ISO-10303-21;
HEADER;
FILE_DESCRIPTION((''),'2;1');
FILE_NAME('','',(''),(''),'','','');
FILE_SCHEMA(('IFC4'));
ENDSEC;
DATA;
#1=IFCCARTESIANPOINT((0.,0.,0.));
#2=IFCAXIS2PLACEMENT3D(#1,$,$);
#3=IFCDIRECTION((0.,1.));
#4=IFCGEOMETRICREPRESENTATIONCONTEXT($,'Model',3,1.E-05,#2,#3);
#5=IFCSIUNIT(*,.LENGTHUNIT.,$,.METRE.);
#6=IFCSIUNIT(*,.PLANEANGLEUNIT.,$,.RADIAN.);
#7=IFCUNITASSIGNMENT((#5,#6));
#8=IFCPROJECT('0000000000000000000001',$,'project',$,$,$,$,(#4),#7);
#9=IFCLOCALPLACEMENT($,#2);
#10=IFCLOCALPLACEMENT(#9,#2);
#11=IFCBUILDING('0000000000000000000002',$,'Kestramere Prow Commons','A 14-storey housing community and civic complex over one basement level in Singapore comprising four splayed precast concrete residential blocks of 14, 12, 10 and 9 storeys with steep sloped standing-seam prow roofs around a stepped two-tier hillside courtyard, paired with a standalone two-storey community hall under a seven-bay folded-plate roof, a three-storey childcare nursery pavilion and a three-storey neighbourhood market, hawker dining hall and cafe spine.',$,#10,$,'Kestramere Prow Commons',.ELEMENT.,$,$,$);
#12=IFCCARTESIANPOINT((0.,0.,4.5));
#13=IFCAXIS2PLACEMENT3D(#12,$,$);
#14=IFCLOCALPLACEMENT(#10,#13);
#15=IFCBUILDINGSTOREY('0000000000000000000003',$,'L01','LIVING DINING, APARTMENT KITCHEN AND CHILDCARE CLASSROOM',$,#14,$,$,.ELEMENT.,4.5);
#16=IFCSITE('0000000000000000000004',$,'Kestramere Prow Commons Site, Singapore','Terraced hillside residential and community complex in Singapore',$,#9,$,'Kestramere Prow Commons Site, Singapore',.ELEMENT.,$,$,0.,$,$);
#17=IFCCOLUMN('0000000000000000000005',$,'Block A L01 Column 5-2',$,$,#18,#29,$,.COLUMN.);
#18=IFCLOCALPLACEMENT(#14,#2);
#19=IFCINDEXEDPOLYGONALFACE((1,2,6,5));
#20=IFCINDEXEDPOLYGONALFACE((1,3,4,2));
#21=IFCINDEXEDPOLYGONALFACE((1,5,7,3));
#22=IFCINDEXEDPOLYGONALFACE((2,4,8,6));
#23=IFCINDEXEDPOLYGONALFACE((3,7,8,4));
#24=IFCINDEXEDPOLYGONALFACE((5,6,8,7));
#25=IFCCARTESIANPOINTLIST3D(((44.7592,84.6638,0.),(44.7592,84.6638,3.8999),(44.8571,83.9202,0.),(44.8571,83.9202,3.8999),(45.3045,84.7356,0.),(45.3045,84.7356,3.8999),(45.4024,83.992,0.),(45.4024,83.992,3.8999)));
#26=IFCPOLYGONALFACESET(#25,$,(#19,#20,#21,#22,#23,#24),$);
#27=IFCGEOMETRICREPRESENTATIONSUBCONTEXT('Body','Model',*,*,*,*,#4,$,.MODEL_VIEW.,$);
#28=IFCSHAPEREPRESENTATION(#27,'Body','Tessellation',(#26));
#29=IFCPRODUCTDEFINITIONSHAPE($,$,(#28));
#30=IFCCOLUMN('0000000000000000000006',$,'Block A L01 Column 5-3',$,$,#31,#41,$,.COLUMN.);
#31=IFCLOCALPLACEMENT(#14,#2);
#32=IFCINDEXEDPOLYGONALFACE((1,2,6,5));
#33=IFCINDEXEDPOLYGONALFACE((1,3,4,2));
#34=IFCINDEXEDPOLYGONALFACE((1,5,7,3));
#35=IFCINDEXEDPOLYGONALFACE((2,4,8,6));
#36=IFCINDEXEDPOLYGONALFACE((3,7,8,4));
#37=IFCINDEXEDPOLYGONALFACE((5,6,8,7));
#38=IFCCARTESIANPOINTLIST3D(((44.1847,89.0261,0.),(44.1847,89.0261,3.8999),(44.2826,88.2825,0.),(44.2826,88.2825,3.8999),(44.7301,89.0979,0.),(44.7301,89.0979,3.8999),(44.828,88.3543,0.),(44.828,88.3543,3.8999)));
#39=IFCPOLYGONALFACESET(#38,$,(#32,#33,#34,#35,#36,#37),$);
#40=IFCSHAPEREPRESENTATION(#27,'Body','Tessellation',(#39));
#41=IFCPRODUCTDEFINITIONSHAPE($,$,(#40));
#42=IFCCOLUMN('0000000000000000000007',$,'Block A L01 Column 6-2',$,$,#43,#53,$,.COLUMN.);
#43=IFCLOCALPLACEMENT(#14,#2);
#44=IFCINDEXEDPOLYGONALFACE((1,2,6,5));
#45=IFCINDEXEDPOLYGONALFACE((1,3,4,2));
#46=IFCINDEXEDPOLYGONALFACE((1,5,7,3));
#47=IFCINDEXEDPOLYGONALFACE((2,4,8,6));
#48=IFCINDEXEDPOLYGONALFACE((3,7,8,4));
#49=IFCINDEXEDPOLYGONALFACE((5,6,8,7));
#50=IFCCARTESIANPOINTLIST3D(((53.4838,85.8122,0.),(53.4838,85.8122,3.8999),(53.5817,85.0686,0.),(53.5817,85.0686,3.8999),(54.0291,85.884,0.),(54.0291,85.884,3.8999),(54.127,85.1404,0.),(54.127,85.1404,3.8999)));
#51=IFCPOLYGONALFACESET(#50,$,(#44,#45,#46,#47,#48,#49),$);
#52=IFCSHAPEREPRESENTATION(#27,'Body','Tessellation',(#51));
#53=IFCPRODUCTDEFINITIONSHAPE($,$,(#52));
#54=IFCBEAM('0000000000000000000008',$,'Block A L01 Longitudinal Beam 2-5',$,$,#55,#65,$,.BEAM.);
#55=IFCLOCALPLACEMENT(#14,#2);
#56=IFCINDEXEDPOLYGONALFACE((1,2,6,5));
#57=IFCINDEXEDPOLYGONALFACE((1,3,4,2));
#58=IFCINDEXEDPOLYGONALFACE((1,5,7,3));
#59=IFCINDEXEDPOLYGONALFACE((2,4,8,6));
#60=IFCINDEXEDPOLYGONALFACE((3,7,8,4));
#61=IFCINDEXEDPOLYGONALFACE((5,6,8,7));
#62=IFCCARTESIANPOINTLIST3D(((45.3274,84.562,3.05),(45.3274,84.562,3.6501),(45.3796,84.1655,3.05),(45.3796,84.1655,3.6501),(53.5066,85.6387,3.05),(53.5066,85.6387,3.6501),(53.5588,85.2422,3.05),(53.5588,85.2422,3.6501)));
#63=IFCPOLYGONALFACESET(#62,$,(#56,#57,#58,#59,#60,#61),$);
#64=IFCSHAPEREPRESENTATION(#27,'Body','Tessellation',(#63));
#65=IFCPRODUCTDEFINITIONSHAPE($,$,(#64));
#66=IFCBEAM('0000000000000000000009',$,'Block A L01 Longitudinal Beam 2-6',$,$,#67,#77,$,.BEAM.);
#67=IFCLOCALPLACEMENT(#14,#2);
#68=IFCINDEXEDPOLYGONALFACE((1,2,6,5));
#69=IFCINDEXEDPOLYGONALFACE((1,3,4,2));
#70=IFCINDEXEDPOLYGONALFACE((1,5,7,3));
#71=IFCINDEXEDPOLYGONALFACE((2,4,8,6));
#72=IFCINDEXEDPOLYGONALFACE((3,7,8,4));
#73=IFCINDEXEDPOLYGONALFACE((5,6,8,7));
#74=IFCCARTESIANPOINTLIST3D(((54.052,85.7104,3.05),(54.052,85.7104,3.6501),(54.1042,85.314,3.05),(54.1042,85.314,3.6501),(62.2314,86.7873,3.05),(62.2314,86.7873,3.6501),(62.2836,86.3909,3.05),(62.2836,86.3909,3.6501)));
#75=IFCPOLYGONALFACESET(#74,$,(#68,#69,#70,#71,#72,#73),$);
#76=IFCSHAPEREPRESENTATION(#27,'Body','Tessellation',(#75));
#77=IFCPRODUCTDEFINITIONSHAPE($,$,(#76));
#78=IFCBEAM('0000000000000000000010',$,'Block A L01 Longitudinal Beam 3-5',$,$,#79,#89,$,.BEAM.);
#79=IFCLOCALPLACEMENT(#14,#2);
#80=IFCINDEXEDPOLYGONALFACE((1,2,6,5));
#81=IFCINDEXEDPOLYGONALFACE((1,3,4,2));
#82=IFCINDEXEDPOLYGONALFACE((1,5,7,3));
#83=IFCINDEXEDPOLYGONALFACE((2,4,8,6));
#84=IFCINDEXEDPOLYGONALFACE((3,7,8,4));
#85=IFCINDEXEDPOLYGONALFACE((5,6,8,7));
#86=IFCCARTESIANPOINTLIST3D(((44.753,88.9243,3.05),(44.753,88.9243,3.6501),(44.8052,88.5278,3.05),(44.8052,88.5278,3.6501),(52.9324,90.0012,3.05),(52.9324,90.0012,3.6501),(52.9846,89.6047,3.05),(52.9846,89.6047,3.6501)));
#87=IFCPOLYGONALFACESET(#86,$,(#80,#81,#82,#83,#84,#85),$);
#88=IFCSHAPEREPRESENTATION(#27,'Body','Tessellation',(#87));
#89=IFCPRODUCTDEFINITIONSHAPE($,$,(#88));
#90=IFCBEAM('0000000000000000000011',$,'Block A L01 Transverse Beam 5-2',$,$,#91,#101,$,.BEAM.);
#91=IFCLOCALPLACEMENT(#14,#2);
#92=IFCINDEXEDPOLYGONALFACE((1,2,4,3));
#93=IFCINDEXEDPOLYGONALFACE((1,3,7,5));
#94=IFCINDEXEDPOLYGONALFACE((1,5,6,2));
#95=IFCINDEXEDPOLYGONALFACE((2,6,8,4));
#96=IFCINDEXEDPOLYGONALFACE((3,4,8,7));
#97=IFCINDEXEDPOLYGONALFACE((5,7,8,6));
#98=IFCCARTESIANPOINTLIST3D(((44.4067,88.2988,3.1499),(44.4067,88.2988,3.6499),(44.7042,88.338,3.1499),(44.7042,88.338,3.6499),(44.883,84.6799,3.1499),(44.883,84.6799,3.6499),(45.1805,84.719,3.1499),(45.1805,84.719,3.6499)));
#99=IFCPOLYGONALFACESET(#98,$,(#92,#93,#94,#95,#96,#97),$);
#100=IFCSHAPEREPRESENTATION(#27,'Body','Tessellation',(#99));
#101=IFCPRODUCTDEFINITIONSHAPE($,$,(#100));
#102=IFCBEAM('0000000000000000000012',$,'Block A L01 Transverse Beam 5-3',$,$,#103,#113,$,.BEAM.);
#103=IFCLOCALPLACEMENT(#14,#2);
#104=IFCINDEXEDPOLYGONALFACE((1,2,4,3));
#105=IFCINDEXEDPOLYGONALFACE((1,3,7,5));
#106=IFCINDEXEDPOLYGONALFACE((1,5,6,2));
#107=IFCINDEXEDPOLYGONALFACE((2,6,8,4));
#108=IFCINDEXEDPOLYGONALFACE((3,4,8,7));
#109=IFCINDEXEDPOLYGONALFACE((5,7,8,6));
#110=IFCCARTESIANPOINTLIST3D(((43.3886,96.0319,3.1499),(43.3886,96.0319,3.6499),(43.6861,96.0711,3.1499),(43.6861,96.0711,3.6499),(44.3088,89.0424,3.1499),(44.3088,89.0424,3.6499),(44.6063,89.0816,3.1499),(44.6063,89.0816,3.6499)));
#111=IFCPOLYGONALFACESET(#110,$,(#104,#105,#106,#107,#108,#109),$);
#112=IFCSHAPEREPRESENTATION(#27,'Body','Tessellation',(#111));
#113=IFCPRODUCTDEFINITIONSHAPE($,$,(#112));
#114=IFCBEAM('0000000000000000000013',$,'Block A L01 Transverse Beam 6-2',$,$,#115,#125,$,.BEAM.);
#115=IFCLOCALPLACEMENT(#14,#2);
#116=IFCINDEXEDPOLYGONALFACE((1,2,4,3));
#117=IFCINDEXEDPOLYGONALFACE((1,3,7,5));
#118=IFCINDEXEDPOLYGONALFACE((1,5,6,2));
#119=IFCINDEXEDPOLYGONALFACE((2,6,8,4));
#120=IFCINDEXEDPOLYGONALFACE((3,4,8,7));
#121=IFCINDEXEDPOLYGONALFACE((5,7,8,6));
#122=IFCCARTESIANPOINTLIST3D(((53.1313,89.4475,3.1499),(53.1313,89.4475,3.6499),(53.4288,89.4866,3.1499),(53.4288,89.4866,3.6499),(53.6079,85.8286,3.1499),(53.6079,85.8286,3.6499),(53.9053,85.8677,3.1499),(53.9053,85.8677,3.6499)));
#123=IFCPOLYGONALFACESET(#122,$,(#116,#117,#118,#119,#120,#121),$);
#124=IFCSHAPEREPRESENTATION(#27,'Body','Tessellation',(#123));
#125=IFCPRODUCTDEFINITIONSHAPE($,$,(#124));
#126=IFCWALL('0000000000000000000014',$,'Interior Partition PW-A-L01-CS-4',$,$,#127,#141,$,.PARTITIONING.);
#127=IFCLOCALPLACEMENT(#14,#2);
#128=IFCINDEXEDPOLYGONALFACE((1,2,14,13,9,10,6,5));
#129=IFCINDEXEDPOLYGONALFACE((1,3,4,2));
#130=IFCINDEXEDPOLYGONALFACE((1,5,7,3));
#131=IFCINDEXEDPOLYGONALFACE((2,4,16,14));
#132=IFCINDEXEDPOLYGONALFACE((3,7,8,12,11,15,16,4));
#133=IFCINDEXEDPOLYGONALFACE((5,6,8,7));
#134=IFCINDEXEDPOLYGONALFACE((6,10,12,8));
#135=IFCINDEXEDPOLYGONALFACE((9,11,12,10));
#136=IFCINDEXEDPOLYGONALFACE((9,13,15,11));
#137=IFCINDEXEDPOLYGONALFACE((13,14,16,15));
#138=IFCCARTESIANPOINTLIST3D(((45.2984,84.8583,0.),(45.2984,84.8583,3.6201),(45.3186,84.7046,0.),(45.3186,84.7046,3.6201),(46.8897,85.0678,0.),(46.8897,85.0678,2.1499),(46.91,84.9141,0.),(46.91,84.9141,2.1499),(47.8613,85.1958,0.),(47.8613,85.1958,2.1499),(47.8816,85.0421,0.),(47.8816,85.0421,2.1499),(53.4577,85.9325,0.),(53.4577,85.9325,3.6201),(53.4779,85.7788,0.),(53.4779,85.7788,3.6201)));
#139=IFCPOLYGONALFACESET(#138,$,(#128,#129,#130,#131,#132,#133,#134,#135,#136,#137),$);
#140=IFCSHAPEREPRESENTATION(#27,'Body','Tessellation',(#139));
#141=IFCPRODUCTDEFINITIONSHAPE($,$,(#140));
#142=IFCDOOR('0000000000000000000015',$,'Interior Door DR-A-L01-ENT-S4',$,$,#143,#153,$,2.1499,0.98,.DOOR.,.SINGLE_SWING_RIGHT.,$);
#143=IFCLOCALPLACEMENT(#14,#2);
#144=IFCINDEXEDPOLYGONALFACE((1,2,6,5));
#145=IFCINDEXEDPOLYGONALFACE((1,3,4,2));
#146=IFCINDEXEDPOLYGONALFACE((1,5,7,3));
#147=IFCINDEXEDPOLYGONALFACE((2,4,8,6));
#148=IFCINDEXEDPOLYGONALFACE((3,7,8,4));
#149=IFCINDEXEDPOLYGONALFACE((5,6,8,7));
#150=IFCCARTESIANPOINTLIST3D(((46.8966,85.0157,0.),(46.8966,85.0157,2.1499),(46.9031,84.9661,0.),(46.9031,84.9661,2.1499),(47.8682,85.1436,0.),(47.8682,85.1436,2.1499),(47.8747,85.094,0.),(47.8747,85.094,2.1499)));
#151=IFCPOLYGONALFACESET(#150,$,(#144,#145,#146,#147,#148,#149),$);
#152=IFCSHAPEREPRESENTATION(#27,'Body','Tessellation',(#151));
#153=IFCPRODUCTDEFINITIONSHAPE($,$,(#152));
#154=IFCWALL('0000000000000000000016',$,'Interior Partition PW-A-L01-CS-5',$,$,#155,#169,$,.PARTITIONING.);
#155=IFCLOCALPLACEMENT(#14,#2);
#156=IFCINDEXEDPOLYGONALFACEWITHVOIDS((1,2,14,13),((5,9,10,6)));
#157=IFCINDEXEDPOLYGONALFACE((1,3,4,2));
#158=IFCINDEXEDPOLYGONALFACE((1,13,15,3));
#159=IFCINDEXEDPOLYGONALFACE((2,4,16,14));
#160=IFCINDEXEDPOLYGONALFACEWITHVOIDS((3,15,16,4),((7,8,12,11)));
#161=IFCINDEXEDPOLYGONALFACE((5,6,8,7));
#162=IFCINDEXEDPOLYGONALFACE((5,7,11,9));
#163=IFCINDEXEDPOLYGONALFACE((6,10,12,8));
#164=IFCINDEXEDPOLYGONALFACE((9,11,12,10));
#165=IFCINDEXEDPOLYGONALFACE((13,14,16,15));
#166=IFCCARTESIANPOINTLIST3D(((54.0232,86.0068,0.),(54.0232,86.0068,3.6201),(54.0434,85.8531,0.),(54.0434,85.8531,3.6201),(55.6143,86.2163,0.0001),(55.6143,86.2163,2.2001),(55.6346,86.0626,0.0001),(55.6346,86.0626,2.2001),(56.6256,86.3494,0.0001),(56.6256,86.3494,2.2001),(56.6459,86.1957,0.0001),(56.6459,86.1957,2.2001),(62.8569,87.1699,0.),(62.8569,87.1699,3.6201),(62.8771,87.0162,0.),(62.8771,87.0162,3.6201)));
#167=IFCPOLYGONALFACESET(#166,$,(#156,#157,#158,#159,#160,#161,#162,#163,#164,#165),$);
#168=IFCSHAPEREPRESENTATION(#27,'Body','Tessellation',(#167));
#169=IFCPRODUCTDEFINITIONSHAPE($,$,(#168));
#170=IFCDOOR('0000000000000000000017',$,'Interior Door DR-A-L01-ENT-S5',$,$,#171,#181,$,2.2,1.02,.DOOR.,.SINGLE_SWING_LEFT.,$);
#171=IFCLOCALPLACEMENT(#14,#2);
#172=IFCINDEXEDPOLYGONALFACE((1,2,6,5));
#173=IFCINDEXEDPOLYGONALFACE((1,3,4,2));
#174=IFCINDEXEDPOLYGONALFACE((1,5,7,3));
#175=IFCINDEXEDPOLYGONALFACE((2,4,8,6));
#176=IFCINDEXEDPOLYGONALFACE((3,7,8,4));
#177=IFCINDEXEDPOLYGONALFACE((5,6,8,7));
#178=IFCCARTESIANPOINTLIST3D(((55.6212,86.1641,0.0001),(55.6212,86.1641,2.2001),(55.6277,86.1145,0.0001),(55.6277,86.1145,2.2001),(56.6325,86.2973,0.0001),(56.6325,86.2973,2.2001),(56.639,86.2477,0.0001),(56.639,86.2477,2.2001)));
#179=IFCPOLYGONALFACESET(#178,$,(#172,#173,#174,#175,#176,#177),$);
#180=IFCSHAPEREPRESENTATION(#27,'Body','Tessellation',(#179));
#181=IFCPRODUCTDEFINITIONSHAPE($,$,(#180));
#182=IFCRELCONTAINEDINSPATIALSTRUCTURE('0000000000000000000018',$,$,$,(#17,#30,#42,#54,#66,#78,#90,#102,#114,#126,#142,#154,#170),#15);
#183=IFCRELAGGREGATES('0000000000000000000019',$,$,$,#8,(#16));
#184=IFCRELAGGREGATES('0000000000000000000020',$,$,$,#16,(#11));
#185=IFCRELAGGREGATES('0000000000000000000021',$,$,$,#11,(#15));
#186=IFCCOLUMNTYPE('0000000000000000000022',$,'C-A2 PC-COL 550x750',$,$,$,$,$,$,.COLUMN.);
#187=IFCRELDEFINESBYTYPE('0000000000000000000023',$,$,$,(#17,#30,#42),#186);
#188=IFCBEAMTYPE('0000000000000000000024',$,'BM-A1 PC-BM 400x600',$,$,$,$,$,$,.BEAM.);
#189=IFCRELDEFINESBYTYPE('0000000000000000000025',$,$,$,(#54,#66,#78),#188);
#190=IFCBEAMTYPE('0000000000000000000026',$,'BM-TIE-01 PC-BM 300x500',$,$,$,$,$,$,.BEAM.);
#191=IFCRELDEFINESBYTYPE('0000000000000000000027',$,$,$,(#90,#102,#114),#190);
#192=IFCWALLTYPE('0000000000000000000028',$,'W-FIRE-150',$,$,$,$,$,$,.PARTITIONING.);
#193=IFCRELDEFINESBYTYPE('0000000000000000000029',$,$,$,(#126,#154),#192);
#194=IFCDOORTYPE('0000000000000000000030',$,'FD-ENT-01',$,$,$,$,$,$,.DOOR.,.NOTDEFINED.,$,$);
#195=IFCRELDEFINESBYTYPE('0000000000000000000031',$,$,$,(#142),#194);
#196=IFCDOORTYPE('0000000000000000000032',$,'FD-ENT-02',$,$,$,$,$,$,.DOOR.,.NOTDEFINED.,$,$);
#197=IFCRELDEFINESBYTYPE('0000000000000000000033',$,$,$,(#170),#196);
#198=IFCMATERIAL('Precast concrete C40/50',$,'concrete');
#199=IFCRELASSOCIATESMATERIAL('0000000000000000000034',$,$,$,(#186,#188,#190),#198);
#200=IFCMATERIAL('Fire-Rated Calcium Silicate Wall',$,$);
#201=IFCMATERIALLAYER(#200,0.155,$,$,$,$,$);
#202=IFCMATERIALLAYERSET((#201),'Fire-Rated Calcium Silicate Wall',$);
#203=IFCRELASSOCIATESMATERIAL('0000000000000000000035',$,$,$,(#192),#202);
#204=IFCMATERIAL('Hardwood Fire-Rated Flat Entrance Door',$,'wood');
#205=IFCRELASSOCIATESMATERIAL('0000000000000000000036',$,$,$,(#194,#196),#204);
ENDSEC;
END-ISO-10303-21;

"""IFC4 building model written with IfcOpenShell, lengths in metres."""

from ifc_helpers import new_model, si_unit, direction, frame, frame_2d, origin, origin_2d, place, context, subcontext, project, spatial, rectangle, extrude, material, layer, layer_set, material_profile, profile_set, type_object, element, fill, save


model = new_model("IFC4")

# Units and contexts
model_context = context("Model", 3, precision=1e-05, world=origin(), true_north=direction((0.0, 1.0)))
body_context = subcontext(model_context, "Body", "Model", "MODEL_VIEW")
ifc_project = project(units=[si_unit("LENGTHUNIT", "METRE"), si_unit("PLANEANGLEUNIT", "RADIAN")], contexts=[model_context])

# Site, building, storey
site_placement = place(None, origin())
site = spatial("IfcSite", under=ifc_project, at=site_placement, Name="Kestramere Prow Commons Site, Singapore", Description="Terraced hillside residential and community complex in Singapore", LongName="Kestramere Prow Commons Site, Singapore", CompositionType="ELEMENT", RefElevation=0.0)
building_placement = place(site_placement, origin())
building = spatial("IfcBuilding", under=site, at=building_placement, Name="Kestramere Prow Commons", Description="A 14-storey housing community and civic complex over one basement level in Singapore comprising four splayed precast concrete residential blocks of 14, 12, 10 and 9 storeys with steep sloped standing-seam prow roofs around a stepped two-tier hillside courtyard, paired with a standalone two-storey community hall under a seven-bay folded-plate roof, a three-storey childcare nursery pavilion and a three-storey neighbourhood market, hawker dining hall and cafe spine.", LongName="Kestramere Prow Commons", CompositionType="ELEMENT")
storey_placement = place(building_placement, frame((0.0, 0.0, 4.5)))
storey = spatial("IfcBuildingStorey", under=building, at=storey_placement, Name="L01", Description="LIVING DINING, APARTMENT KITCHEN AND CHILDCARE CLASSROOM", CompositionType="ELEMENT", Elevation=4.5)

# Columns
ifc_material_1 = material(Name="Precast concrete C40/50", Category="concrete")
ifc_material_profile_1 = material_profile(ifc_material_1, rectangle(XDim=0.55, YDim=0.75, at=origin_2d()), Name="PC-COL 550x750")
ifc_profile_set_1 = profile_set([ifc_material_profile_1], Name="Precast concrete C40/50")
column_type = type_object("IfcColumnType", Name="C-A2 PC-COL 550x750", PredefinedType="COLUMN", material=ifc_profile_set_1)
for number, where, z_axis, x_axis, name in (
    (1, (45.0808, 84.3279, 0.0), (0.0, 0.0, 1.0), (0.991445, 0.130526, 0.0), "Block A L01 Column 5-2"),
    (2, (44.5063, 88.6902, 0.0), (0.0, 0.0, 1.0), (0.991445, 0.130526, 0.0), "Block A L01 Column 5-3"),
    (3, (53.8054, 85.4763, 0.0), (0.0, 0.0, 1.0), (0.991445, 0.130526, 0.0), "Block A L01 Column 6-2"),
):
    element("IfcColumn", number, at=place(storey_placement, frame(where, z_axis=z_axis, x_axis=x_axis)), inside=storey, type_object=column_type, Name=name, PredefinedType="COLUMN", context=body_context, shape_type="SweptSolid", body=[
        extrude(rectangle(XDim=0.55, YDim=0.75, at=origin_2d()), origin(), (0.0, 0.0, 1.0), 3.8999),
    ])

# Beams
ifc_material_profile_2 = material_profile(ifc_material_1, rectangle(XDim=0.3999, YDim=0.6001, at=origin_2d()), Name="PC-BM 400x600")
ifc_profile_set_2 = profile_set([ifc_material_profile_2], Name="Precast concrete C40/50")
beam_type_1 = type_object("IfcBeamType", Name="BM-A1 PC-BM 400x600", PredefinedType="BEAM", material=ifc_profile_set_2)
beam_1_placement = place(storey_placement, frame((45.3535, 84.3638, 3.3501), z_axis=(0.991447, 0.130508, 0.0), x_axis=(-0.130508, 0.991447, 0.0)))
element("IfcBeam", 4, at=beam_1_placement, inside=storey, type_object=beam_type_1, Name="Block A L01 Longitudinal Beam 2-5", PredefinedType="BEAM", context=body_context, shape_type="SweptSolid", body=[
    extrude(rectangle(XDim=0.3999, YDim=0.6001, at=origin_2d()), origin(), (0.0, 0.0, 1.0), 8.2498),
])
for number, where, z_axis, x_axis, name in (
    (5, (54.0781, 85.5122, 3.3501), (0.991444, 0.130533, 0.0), (-0.130533, 0.991444, 0.0), "Block A L01 Longitudinal Beam 2-6"),
    (6, (44.7791, 88.7261, 3.3501), (0.991444, 0.130533, 0.0), (-0.130533, 0.991444, 0.0), "Block A L01 Longitudinal Beam 3-5"),
):
    element("IfcBeam", number, at=place(storey_placement, frame(where, z_axis=z_axis, x_axis=x_axis)), inside=storey, type_object=beam_type_1, Name=name, PredefinedType="BEAM", context=body_context, shape_type="SweptSolid", body=[
        extrude(rectangle(XDim=0.3999, YDim=0.6001, at=origin_2d()), origin(), (0.0, 0.0, 1.0), 8.25),
    ])
ifc_material_profile_3 = material_profile(ifc_material_1, rectangle(XDim=0.3, YDim=0.5, at=origin_2d()), Name="PC-BM 300x500")
ifc_profile_set_3 = profile_set([ifc_material_profile_3], Name="Precast concrete C40/50")
beam_type_2 = type_object("IfcBeamType", Name="BM-TIE-01 PC-BM 300x500", PredefinedType="BEAM", material=ifc_profile_set_3)
beam_2_placement = place(storey_placement, frame((45.0317, 84.6995, 3.3999), z_axis=(-0.130494, 0.991449, 0.0), x_axis=(-0.991449, -0.130494, 0.0)))
element("IfcBeam", 7, at=beam_2_placement, inside=storey, type_object=beam_type_2, Name="Block A L01 Transverse Beam 5-2", PredefinedType="BEAM", context=body_context, shape_type="SweptSolid", body=[
    extrude(rectangle(XDim=0.3, YDim=0.5, at=origin_2d()), origin(), (0.0, 0.0, 1.0), 3.6501),
])
beam_3_placement = place(storey_placement, frame((44.4575, 89.062, 3.3999), z_axis=(-0.130523, 0.991445, 0.0), x_axis=(-0.991445, -0.130523, 0.0)))
element("IfcBeam", 8, at=beam_3_placement, inside=storey, type_object=beam_type_2, Name="Block A L01 Transverse Beam 5-3", PredefinedType="BEAM", context=body_context, shape_type="SweptSolid", body=[
    extrude(rectangle(XDim=0.3, YDim=0.5, at=origin_2d()), origin(), (0.0, 0.0, 1.0), 7.0498),
])
beam_4_placement = place(storey_placement, frame((53.7566, 85.8481, 3.3999), z_axis=(-0.13056, 0.99144, 0.0), x_axis=(-0.99144, -0.13056, 0.0)))
element("IfcBeam", 9, at=beam_4_placement, inside=storey, type_object=beam_type_2, Name="Block A L01 Transverse Beam 6-2", PredefinedType="BEAM", context=body_context, shape_type="SweptSolid", body=[
    extrude(rectangle(XDim=0.3, YDim=0.5, at=origin_2d()), origin(), (0.0, 0.0, 1.0), 3.6501),
])

# Walls, openings, doors
ifc_material_2 = material(Name="Fire-Rated Calcium Silicate Wall")
ifc_layer_1 = layer(ifc_material_2, 0.155)
ifc_layer_set_1 = layer_set([ifc_layer_1], Name="Fire-Rated Calcium Silicate Wall")
wall_type_1 = type_object("IfcWallType", Name="W-FIRE-150", PredefinedType="PARTITIONING", material=ifc_layer_set_1)
wall_1_placement = place(storey_placement, frame((45.3086, 84.7815, 0.0), z_axis=(0.0, 0.0, 1.0), x_axis=(0.991445, 0.130527, 0.0)))
wall_1 = element("IfcWall", 10, at=wall_1_placement, inside=storey, type_object=wall_type_1, Name="Interior Partition PW-A-L01-CS-4", PredefinedType="PARTITIONING", context=body_context, shape_type="SweptSolid", body=[
    extrude(rectangle(XDim=8.2297, YDim=0.155, at=frame_2d((4.1147, 0.0))), origin(), (0.0, 0.0, 1.0), 3.6201),
])
opening_1_placement = place(wall_1_placement, frame((1.605, 0.0, 0.0)))
opening_1 = element("IfcOpeningElement", 11, at=opening_1_placement, cuts=wall_1, PredefinedType="OPENING", context=body_context, shape_type="SweptSolid", body=[
    extrude(rectangle(XDim=0.98, YDim=2.1499, at=frame_2d((0.49, 1.075))), frame((0.0, 0.0925, 0.0), z_axis=(0.0, -1.0, 0.0), x_axis=(1.0, 0.0, 0.0)), (0.0, 0.0, 1.0), 0.1851),
])
ifc_material_3 = material(Name="Hardwood Fire-Rated Flat Entrance Door", Category="wood")
door_type_1 = type_object("IfcDoorType", Name="FD-ENT-01", OperationType="NOTDEFINED", PredefinedType="DOOR", material=ifc_material_3)
door_1_placement = place(opening_1_placement, origin())
door_1 = element("IfcDoor", 12, at=door_1_placement, inside=storey, type_object=door_type_1, Name="Interior Door DR-A-L01-ENT-S4", OperationType="SINGLE_SWING_RIGHT", OverallHeight=2.1499, OverallWidth=0.98, PredefinedType="DOOR", context=body_context, shape_type="SweptSolid", body=[
    extrude(rectangle(XDim=0.98, YDim=2.1499, at=frame_2d((0.49, 1.075))), frame((0.0, 0.0249, 0.0), z_axis=(0.0, -1.0, 0.0), x_axis=(1.0, 0.0, 0.0)), (0.0, 0.0, 1.0), 0.05),
])
fill(opening_1, door_1)
wall_2_placement = place(storey_placement, frame((54.0332, 85.9299, 0.0), z_axis=(0.0, 0.0, 1.0), x_axis=(0.991443, 0.130537, 0.0)))
wall_2 = element("IfcWall", 13, at=wall_2_placement, inside=storey, type_object=wall_type_1, Name="Interior Partition PW-A-L01-CS-5", PredefinedType="PARTITIONING", context=body_context, shape_type="SweptSolid", body=[
    extrude(rectangle(XDim=8.9099, YDim=0.155, at=frame_2d((4.4551, 0.0))), origin(), (0.0, 0.0, 1.0), 3.6201),
])
opening_2_placement = place(wall_2_placement, frame((1.605, 0.0, 0.0)))
opening_2 = element("IfcOpeningElement", 14, at=opening_2_placement, cuts=wall_2, PredefinedType="OPENING", context=body_context, shape_type="SweptSolid", body=[
    extrude(rectangle(XDim=1.02, YDim=2.2, at=frame_2d((0.51, 1.1001))), frame((0.0, 0.0925, 0.0), z_axis=(0.0, -1.0, 0.0), x_axis=(1.0, 0.0, 0.0)), (0.0, 0.0, 1.0), 0.1851),
])
door_type_2 = type_object("IfcDoorType", Name="FD-ENT-02", OperationType="NOTDEFINED", PredefinedType="DOOR", material=ifc_material_3)
door_2_placement = place(opening_2_placement, origin())
door_2 = element("IfcDoor", 15, at=door_2_placement, inside=storey, type_object=door_type_2, Name="Interior Door DR-A-L01-ENT-S5", OperationType="SINGLE_SWING_LEFT", OverallHeight=2.2, OverallWidth=1.02, PredefinedType="DOOR", context=body_context, shape_type="SweptSolid", body=[
    extrude(rectangle(XDim=1.02, YDim=2.2, at=frame_2d((0.51, 1.1001))), frame((0.0, 0.0249, 0.0), z_axis=(0.0, -1.0, 0.0), x_axis=(1.0, 0.0, 0.0)), (0.0, 0.0, 1.0), 0.05),
])
fill(opening_2, door_2)

save(model, "model.ifc")
